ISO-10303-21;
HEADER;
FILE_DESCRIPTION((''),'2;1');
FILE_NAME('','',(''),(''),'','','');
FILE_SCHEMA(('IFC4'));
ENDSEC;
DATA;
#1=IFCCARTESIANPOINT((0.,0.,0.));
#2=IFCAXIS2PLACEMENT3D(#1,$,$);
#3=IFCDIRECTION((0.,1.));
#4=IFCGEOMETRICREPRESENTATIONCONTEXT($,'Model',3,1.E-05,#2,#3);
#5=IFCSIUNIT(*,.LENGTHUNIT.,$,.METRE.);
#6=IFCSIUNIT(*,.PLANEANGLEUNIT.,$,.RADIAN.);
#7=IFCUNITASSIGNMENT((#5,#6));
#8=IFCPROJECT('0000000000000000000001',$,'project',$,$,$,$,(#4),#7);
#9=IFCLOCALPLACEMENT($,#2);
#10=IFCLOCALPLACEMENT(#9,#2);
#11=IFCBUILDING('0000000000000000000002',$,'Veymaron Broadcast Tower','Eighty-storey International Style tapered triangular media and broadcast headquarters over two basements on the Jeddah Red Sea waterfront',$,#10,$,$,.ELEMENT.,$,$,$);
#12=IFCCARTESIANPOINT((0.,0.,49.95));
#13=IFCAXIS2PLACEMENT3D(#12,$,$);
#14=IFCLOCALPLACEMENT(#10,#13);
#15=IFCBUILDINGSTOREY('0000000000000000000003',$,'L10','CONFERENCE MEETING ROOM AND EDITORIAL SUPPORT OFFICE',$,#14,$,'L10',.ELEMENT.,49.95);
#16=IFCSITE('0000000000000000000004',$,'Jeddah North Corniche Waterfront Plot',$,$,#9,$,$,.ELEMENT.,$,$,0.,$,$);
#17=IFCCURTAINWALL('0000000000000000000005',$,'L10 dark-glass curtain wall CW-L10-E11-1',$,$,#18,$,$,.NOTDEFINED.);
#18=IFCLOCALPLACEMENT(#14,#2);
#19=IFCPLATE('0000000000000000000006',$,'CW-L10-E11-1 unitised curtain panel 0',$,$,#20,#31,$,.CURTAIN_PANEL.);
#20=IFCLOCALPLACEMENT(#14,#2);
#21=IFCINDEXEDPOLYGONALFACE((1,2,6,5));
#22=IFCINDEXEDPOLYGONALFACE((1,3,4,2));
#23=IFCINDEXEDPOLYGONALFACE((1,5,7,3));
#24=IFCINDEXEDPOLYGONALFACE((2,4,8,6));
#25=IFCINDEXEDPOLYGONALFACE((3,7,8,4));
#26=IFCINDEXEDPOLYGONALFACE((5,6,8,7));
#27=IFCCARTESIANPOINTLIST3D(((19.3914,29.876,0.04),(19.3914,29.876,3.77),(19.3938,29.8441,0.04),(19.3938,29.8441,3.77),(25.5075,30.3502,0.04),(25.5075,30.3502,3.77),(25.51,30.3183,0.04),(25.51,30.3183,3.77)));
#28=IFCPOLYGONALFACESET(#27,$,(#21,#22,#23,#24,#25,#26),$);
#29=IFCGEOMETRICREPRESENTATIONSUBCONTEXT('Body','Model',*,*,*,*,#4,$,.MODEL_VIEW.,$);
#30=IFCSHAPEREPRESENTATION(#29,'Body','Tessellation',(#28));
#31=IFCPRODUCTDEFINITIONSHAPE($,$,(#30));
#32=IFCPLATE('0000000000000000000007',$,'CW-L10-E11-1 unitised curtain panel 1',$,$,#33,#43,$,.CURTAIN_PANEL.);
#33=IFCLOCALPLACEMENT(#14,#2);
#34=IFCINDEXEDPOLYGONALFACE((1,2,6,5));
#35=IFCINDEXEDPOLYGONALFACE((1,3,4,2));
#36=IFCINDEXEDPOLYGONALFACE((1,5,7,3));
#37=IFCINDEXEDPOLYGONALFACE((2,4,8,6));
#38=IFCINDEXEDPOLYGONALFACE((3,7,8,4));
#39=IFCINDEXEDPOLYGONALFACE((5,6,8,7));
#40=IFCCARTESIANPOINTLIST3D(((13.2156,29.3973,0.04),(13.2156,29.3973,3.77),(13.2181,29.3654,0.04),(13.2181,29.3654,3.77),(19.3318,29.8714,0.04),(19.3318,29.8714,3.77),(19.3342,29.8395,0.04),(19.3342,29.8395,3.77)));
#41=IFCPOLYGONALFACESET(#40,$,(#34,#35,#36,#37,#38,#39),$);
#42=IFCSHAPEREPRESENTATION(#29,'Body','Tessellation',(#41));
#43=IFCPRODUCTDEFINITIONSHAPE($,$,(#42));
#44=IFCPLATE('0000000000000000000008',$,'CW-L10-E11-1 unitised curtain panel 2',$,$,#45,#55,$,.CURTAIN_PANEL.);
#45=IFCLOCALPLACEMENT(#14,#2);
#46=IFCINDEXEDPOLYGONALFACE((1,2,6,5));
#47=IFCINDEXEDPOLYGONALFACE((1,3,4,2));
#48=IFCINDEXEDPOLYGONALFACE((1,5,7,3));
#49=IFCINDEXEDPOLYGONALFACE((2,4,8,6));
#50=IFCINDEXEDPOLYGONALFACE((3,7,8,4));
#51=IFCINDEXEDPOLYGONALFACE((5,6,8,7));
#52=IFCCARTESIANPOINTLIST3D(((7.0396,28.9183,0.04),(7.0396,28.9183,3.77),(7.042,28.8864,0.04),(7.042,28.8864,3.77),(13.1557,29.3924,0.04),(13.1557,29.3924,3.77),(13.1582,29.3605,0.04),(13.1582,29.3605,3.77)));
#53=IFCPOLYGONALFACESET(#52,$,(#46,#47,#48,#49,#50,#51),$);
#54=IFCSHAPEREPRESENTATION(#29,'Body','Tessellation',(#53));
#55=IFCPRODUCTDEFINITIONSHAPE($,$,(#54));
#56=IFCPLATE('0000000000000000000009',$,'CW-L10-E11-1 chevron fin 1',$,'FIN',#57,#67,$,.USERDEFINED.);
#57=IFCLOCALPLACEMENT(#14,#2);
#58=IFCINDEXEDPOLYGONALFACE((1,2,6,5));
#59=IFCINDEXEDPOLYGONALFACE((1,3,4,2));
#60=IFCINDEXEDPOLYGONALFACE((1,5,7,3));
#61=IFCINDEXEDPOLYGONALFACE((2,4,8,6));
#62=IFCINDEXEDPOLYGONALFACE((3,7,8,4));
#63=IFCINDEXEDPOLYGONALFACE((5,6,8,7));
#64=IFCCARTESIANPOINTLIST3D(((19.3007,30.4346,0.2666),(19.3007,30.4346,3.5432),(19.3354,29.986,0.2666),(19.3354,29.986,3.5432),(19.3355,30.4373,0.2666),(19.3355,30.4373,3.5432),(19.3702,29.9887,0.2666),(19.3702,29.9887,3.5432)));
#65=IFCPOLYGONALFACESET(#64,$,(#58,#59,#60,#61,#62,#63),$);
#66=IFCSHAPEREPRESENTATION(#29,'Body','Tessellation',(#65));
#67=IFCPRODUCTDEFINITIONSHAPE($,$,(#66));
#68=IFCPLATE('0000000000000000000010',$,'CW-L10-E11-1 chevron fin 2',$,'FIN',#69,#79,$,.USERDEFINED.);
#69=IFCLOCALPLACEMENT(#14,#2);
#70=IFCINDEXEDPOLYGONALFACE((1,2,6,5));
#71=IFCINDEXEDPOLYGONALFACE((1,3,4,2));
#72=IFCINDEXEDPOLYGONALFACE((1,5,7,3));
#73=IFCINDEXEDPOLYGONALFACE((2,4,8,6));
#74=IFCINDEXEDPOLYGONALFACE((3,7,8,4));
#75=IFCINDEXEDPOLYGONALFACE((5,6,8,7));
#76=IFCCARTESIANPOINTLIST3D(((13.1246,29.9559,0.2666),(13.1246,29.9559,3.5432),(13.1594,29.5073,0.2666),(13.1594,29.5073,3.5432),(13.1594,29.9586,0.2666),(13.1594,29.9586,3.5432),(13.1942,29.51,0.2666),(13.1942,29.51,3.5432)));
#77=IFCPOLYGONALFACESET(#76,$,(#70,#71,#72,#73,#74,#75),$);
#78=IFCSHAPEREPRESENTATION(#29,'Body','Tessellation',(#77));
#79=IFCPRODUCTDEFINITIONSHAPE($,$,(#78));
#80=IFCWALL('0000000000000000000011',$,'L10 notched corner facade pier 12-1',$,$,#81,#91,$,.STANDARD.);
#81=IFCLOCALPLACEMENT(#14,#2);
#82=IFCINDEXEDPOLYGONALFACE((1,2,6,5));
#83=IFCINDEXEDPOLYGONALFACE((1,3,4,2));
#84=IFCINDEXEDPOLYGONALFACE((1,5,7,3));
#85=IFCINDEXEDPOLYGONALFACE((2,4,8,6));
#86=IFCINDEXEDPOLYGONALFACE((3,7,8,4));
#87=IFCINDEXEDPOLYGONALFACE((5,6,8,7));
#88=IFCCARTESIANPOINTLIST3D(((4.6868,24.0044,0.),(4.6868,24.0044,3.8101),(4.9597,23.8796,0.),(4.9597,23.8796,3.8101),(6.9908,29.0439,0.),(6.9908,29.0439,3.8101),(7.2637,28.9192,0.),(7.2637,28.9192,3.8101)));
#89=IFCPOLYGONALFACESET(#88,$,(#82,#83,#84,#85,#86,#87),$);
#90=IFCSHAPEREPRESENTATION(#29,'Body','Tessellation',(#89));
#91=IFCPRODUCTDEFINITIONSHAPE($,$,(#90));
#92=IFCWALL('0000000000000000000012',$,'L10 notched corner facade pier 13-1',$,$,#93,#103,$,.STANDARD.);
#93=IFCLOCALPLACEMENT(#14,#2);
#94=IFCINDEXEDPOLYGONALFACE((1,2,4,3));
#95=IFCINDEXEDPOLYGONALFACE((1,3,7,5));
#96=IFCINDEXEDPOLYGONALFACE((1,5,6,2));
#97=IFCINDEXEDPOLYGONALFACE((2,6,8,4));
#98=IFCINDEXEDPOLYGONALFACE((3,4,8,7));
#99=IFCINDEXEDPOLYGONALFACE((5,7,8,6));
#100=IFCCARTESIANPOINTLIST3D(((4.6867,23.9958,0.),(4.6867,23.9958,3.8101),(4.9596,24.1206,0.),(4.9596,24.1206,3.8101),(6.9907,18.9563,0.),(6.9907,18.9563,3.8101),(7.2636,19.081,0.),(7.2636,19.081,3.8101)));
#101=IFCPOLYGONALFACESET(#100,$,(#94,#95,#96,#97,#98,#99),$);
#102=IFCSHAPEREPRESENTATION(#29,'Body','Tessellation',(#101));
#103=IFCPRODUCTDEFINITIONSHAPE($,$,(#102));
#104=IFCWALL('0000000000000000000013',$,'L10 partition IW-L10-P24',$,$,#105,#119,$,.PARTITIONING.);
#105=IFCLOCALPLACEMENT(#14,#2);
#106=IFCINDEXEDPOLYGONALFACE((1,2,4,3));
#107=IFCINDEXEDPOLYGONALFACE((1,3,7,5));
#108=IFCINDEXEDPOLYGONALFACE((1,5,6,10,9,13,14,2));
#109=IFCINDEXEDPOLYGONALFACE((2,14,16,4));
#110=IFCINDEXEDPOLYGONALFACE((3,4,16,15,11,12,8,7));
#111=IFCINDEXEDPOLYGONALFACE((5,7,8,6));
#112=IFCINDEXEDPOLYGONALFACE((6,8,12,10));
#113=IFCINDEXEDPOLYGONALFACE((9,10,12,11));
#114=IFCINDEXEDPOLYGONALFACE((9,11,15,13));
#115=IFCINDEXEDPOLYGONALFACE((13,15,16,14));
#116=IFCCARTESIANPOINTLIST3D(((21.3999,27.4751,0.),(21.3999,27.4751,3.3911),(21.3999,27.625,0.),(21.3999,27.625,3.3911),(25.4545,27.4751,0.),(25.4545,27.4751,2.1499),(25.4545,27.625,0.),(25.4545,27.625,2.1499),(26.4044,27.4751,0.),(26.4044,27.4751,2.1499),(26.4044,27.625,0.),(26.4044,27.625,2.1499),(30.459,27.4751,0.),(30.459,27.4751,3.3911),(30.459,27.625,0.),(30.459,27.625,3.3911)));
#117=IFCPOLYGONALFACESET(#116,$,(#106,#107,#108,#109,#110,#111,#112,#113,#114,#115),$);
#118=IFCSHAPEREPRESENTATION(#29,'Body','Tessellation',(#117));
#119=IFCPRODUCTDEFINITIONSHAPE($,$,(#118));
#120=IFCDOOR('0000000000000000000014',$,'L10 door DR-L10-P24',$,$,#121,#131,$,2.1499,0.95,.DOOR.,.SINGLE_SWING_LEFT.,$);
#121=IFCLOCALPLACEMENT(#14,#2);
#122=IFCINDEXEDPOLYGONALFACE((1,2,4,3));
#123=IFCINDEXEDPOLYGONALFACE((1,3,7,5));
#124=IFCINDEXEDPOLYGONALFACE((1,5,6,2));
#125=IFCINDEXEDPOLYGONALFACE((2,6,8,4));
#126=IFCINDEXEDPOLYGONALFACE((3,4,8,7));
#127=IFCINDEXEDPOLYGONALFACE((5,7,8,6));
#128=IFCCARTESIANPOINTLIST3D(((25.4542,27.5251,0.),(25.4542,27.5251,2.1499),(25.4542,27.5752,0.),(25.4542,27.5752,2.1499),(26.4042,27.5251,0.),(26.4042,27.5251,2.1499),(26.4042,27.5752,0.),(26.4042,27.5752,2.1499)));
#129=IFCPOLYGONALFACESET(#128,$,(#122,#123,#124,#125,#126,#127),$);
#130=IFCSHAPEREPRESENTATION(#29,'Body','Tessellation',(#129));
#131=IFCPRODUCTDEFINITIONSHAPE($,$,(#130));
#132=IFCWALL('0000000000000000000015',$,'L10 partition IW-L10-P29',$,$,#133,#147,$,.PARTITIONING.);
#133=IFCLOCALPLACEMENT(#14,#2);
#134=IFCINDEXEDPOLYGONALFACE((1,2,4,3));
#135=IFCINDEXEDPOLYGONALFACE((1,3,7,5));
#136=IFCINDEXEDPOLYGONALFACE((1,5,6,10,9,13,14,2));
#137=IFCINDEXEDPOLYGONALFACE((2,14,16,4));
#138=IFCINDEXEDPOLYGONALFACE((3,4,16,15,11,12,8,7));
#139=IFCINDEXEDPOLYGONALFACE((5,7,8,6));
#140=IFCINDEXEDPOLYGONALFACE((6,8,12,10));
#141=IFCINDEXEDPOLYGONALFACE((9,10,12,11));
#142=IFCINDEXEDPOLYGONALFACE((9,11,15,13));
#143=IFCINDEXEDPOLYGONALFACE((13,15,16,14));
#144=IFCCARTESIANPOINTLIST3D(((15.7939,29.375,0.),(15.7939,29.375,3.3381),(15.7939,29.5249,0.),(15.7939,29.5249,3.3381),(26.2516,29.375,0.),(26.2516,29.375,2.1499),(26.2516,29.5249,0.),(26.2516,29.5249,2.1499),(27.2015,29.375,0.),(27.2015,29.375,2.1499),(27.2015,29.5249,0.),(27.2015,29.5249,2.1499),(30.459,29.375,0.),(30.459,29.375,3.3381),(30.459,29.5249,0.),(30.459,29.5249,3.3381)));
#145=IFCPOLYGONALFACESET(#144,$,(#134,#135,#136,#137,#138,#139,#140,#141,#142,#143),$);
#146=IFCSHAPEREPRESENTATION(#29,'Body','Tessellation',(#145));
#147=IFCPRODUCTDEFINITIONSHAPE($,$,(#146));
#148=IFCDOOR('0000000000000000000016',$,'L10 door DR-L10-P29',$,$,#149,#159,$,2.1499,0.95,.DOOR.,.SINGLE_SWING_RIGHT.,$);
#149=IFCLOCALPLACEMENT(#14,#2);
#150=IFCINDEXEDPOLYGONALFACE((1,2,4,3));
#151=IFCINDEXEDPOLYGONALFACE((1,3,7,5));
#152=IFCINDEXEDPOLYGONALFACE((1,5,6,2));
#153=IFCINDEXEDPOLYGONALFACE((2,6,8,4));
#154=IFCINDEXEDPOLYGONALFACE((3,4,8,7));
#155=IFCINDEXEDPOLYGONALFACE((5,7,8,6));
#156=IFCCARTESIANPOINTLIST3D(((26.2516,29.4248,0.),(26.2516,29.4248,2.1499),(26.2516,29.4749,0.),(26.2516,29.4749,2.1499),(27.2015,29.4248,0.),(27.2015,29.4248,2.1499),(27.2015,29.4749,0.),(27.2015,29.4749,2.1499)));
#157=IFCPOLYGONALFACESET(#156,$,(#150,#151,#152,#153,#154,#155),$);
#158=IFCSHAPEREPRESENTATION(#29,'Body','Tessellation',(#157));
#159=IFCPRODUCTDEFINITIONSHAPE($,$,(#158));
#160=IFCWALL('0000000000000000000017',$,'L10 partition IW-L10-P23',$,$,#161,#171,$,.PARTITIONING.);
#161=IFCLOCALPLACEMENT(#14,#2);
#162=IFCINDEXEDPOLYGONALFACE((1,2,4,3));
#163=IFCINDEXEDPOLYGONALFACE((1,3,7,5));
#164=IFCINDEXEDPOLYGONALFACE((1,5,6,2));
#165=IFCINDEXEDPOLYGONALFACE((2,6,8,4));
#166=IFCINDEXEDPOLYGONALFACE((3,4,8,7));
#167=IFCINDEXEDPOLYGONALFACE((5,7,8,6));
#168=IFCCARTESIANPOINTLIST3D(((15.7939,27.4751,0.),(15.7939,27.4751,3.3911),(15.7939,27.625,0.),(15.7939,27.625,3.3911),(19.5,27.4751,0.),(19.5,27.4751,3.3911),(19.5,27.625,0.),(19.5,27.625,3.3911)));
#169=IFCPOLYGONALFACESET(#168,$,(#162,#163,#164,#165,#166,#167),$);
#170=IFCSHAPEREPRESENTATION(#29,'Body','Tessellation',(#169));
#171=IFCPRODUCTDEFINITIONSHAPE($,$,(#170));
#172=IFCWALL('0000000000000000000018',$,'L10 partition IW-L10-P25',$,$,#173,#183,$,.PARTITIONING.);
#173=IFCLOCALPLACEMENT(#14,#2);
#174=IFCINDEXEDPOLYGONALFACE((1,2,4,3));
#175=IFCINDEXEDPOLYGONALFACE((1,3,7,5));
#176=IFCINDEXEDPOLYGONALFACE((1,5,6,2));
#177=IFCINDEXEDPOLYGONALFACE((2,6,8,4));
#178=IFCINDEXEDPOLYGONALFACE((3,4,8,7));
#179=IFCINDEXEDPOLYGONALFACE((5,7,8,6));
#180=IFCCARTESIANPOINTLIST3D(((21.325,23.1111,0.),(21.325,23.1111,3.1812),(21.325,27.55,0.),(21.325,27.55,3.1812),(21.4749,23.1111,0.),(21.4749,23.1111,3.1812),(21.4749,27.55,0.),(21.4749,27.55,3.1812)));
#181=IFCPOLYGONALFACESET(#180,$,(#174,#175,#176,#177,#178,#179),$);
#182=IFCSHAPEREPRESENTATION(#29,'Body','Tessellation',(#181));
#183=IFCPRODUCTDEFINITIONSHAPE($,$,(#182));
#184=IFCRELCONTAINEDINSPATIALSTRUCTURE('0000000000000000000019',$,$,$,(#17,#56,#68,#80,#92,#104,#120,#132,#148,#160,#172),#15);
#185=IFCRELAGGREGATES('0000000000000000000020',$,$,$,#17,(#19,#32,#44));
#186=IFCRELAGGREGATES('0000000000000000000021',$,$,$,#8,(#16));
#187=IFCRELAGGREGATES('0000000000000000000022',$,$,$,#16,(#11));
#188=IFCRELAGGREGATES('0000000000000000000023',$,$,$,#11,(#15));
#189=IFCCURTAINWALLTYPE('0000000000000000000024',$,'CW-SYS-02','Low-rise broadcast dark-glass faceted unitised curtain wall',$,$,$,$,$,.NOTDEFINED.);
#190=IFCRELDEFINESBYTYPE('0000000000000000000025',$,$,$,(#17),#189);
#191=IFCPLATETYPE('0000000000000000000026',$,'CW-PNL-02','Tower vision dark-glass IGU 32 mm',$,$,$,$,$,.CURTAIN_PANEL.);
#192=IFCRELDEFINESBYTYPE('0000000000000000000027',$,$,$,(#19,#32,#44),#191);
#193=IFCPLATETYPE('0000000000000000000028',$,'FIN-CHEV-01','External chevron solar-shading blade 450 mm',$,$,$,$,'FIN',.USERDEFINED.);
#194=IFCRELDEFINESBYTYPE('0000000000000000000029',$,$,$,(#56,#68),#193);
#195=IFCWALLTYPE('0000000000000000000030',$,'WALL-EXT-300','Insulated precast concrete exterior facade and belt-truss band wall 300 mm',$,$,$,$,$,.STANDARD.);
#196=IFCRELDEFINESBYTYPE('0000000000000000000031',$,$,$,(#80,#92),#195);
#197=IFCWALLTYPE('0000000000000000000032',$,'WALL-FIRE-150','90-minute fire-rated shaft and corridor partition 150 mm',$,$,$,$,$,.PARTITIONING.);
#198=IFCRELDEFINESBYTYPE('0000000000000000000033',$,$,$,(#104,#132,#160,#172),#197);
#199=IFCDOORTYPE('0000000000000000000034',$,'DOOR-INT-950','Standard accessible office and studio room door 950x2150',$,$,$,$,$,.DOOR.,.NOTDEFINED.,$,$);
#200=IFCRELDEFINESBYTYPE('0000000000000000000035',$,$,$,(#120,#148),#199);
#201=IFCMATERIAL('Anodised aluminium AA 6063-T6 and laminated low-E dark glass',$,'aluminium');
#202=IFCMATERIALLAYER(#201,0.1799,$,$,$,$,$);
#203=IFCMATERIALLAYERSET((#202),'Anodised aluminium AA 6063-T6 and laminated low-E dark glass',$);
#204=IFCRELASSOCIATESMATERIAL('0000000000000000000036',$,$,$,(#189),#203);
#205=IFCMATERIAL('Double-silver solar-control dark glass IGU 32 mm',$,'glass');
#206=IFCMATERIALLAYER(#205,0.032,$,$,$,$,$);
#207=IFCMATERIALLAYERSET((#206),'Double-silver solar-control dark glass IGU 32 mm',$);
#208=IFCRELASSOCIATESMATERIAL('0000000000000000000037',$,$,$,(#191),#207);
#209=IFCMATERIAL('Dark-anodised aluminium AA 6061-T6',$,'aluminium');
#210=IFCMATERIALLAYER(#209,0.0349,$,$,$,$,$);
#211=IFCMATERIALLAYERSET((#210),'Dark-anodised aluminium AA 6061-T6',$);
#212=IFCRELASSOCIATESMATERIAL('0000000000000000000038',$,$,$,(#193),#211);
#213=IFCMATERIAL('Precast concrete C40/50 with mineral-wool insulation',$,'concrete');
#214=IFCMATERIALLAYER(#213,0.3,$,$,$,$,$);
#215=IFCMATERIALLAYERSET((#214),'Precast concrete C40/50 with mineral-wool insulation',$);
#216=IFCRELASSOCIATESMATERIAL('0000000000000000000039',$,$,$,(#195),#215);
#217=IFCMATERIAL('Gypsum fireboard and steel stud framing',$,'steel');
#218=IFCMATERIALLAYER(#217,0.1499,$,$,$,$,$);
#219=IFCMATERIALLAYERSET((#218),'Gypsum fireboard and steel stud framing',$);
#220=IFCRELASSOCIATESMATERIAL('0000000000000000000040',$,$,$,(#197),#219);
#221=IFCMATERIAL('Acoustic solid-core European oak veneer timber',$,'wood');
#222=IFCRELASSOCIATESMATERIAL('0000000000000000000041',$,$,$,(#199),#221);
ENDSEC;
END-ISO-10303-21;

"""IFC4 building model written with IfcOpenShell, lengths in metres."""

from ifc_helpers import new_model, si_unit, direction, frame, frame_2d, origin, origin_2d, place, context, subcontext, project, spatial, rectangle, extrude, material, layer, layer_set, type_object, element, fill, aggregate, save


model = new_model("IFC4")

# Units and contexts
model_context = context("Model", 3, precision=1e-05, world=origin(), true_north=direction((0.0, 1.0)))
body_context = subcontext(model_context, "Body", "Model", "MODEL_VIEW")
ifc_project = project(units=[si_unit("LENGTHUNIT", "METRE"), si_unit("PLANEANGLEUNIT", "RADIAN")], contexts=[model_context])

# Site, building, storey
site_placement = place(None, origin())
site = spatial("IfcSite", under=ifc_project, at=site_placement, Name="Jeddah North Corniche Waterfront Plot", CompositionType="ELEMENT", RefElevation=0.0)
building_placement = place(site_placement, origin())
building = spatial("IfcBuilding", under=site, at=building_placement, Name="Veymaron Broadcast Tower", Description="Eighty-storey International Style tapered triangular media and broadcast headquarters over two basements on the Jeddah Red Sea waterfront", CompositionType="ELEMENT")
storey_placement = place(building_placement, frame((0.0, 0.0, 49.95)))
storey = spatial("IfcBuildingStorey", under=building, at=storey_placement, Name="L10", Description="CONFERENCE MEETING ROOM AND EDITORIAL SUPPORT OFFICE", LongName="L10", CompositionType="ELEMENT", Elevation=49.95)

# Curtain wall, plates
ifc_material_1 = material(Name="Anodised aluminium AA 6063-T6 and laminated low-E dark glass", Category="aluminium")
ifc_layer_1 = layer(ifc_material_1, 0.1799)
ifc_layer_set_1 = layer_set([ifc_layer_1], Name="Anodised aluminium AA 6063-T6 and laminated low-E dark glass")
curtain_wall_type = type_object("IfcCurtainWallType", Name="CW-SYS-02", Description="Low-rise broadcast dark-glass faceted unitised curtain wall", PredefinedType="NOTDEFINED", material=ifc_layer_set_1)
curtain_wall_placement = place(storey_placement, origin())
curtain_wall = element("IfcCurtainWall", 1, at=curtain_wall_placement, inside=storey, type_object=curtain_wall_type, Name="L10 dark-glass curtain wall CW-L10-E11-1", PredefinedType="NOTDEFINED")
ifc_material_2 = material(Name="Double-silver solar-control dark glass IGU 32 mm", Category="glass")
ifc_layer_2 = layer(ifc_material_2, 0.032)
ifc_layer_set_2 = layer_set([ifc_layer_2], Name="Double-silver solar-control dark glass IGU 32 mm")
plate_type_1 = type_object("IfcPlateType", Name="CW-PNL-02", Description="Tower vision dark-glass IGU 32 mm", PredefinedType="CURTAIN_PANEL", material=ifc_layer_set_2)
plate_1_placement = place(storey_placement, frame((22.4507, 30.0972, 0.04), z_axis=(0.0, 0.0, 1.0), x_axis=(-0.997008, -0.077293, 0.0)))
plate_1 = element("IfcPlate", 2, at=plate_1_placement, type_object=plate_type_1, Name="CW-L10-E11-1 unitised curtain panel 0", PredefinedType="CURTAIN_PANEL", context=body_context, shape_type="SweptSolid", body=[
    extrude(rectangle(XDim=6.1345, YDim=0.032, at=origin_2d()), origin(), (0.0, 0.0, 1.0), 3.73),
])
plate_2_placement = place(storey_placement, frame((16.2749, 29.6184, 0.04), z_axis=(0.0, 0.0, 1.0), x_axis=(-0.997008, -0.077293, 0.0)))
plate_2 = element("IfcPlate", 3, at=plate_2_placement, type_object=plate_type_1, Name="CW-L10-E11-1 unitised curtain panel 1", PredefinedType="CURTAIN_PANEL", context=body_context, shape_type="SweptSolid", body=[
    extrude(rectangle(XDim=6.1345, YDim=0.032, at=origin_2d()), origin(), (0.0, 0.0, 1.0), 3.73),
])
plate_3_placement = place(storey_placement, frame((10.0989, 29.1394, 0.04), z_axis=(0.0, 0.0, 1.0), x_axis=(-0.997008, -0.077293, 0.0)))
plate_3 = element("IfcPlate", 4, at=plate_3_placement, type_object=plate_type_1, Name="CW-L10-E11-1 unitised curtain panel 2", PredefinedType="CURTAIN_PANEL", context=body_context, shape_type="SweptSolid", body=[
    extrude(rectangle(XDim=6.1345, YDim=0.032, at=origin_2d()), origin(), (0.0, 0.0, 1.0), 3.73),
])
aggregate(curtain_wall, [plate_1, plate_2, plate_3])

# Plates
ifc_material_3 = material(Name="Dark-anodised aluminium AA 6061-T6", Category="aluminium")
ifc_layer_3 = layer(ifc_material_3, 0.0349)
ifc_layer_set_3 = layer_set([ifc_layer_3], Name="Dark-anodised aluminium AA 6061-T6")
plate_type_2 = type_object("IfcPlateType", Name="FIN-CHEV-01", Description="External chevron solar-shading blade 450 mm", ElementType="FIN", PredefinedType="USERDEFINED", material=ifc_layer_set_3)
for number, where, z_axis, x_axis, name in (
    (5, (19.3354, 30.2117, 0.2666), (0.0, 0.0, 1.0), (-0.077293, 0.997008, 0.0), "CW-L10-E11-1 chevron fin 1"),
    (6, (13.1594, 29.7329, 0.2666), (0.0, 0.0, 1.0), (-0.077293, 0.997008, 0.0), "CW-L10-E11-1 chevron fin 2"),
):
    element("IfcPlate", number, at=place(storey_placement, frame(where, z_axis=z_axis, x_axis=x_axis)), inside=storey, type_object=plate_type_2, Name=name, ObjectType="FIN", PredefinedType="USERDEFINED", context=body_context, shape_type="SweptSolid", body=[
        extrude(rectangle(XDim=0.45, YDim=0.0349, at=origin_2d()), origin(), (0.0, 0.0, 1.0), 3.2766),
    ])

# Walls
ifc_material_4 = material(Name="Precast concrete C40/50 with mineral-wool insulation", Category="concrete")
ifc_layer_4 = layer(ifc_material_4, 0.3)
ifc_layer_set_4 = layer_set([ifc_layer_4], Name="Precast concrete C40/50 with mineral-wool insulation")
wall_type_1 = type_object("IfcWallType", Name="WALL-EXT-300", Description="Insulated precast concrete exterior facade and belt-truss band wall 300 mm", PredefinedType="STANDARD", material=ifc_layer_set_4)
for number, where, z_axis, x_axis, name in (
    (7, (7.1272, 28.9814, 0.0), (0.0, 0.0, 1.0), (-0.415784, -0.909464, 0.0), "L10 notched corner facade pier 12-1"),
    (8, (4.8232, 24.0581, 0.0), (0.0, 0.0, 1.0), (0.415784, -0.909464, 0.0), "L10 notched corner facade pier 13-1"),
):
    element("IfcWall", number, at=place(storey_placement, frame(where, z_axis=z_axis, x_axis=x_axis)), inside=storey, type_object=wall_type_1, Name=name, PredefinedType="STANDARD", context=body_context, shape_type="SweptSolid", body=[
        extrude(rectangle(XDim=5.5413, YDim=0.3, at=frame_2d((2.7705, 0.0))), origin(), (0.0, 0.0, 1.0), 3.8101),
    ])

# Walls, openings, doors
ifc_material_5 = material(Name="Gypsum fireboard and steel stud framing", Category="steel")
ifc_layer_5 = layer(ifc_material_5, 0.1499)
ifc_layer_set_5 = layer_set([ifc_layer_5], Name="Gypsum fireboard and steel stud framing")
wall_type_2 = type_object("IfcWallType", Name="WALL-FIRE-150", Description="90-minute fire-rated shaft and corridor partition 150 mm", PredefinedType="PARTITIONING", material=ifc_layer_set_5)
ifc_material_6 = material(Name="Acoustic solid-core European oak veneer timber", Category="wood")
door_type = type_object("IfcDoorType", Name="DOOR-INT-950", Description="Standard accessible office and studio room door 950x2150", OperationType="NOTDEFINED", PredefinedType="DOOR", material=ifc_material_6)
wall_1_placement = place(storey_placement, frame((21.3999, 27.55, 0.0), z_axis=(0.0, 0.0, 1.0), x_axis=(1.0, 0.0, 0.0)))
wall_1 = element("IfcWall", 9, at=wall_1_placement, inside=storey, type_object=wall_type_2, Name="L10 partition IW-L10-P24", PredefinedType="PARTITIONING", context=body_context, shape_type="SweptSolid", body=[
    extrude(rectangle(XDim=9.0591, YDim=0.1499, at=frame_2d((4.5295, 0.0))), origin(), (0.0, 0.0, 1.0), 3.3911),
])
opening_1_placement = place(wall_1_placement, frame((4.0544, 0.0, 0.0)))
opening_1 = element("IfcOpeningElement", 10, at=opening_1_placement, cuts=wall_1, PredefinedType="OPENING", context=body_context, shape_type="SweptSolid", body=[
    extrude(rectangle(XDim=0.95, YDim=2.1499, at=frame_2d((0.4751, 1.075))), frame((0.0, 0.085, 0.0), z_axis=(0.0, -1.0, 0.0), x_axis=(1.0, 0.0, 0.0)), (0.0, 0.0, 1.0), 0.1699),
])
door_1_placement = place(opening_1_placement, frame((0.95, 0.0, 0.0), z_axis=(0.0, 0.0, 1.0), x_axis=(-1.0, 0.0, 0.0)))
door_1 = element("IfcDoor", 11, at=door_1_placement, inside=storey, type_object=door_type, Name="L10 door DR-L10-P24", OperationType="SINGLE_SWING_LEFT", OverallHeight=2.1499, OverallWidth=0.95, PredefinedType="DOOR", context=body_context, shape_type="SweptSolid", body=[
    extrude(rectangle(XDim=0.95, YDim=2.1499, at=frame_2d((0.4751, 1.075))), frame((0.0, 0.0249, 0.0), z_axis=(0.0, -1.0, 0.0), x_axis=(1.0, 0.0, 0.0)), (0.0, 0.0, 1.0), 0.05),
])
fill(opening_1, door_1)
wall_2_placement = place(storey_placement, frame((15.7939, 29.45, 0.0), z_axis=(0.0, 0.0, 1.0), x_axis=(1.0, 0.0, 0.0)))
wall_2 = element("IfcWall", 12, at=wall_2_placement, inside=storey, type_object=wall_type_2, Name="L10 partition IW-L10-P29", PredefinedType="PARTITIONING", context=body_context, shape_type="SweptSolid", body=[
    extrude(rectangle(XDim=14.665, YDim=0.1499, at=frame_2d((7.3325, 0.0))), origin(), (0.0, 0.0, 1.0), 3.3381),
])
opening_2_placement = place(wall_2_placement, frame((10.4575, 0.0, 0.0)))
opening_2 = element("IfcOpeningElement", 13, at=opening_2_placement, cuts=wall_2, PredefinedType="OPENING", context=body_context, shape_type="SweptSolid", body=[
    extrude(rectangle(XDim=0.95, YDim=2.1499, at=frame_2d((0.4751, 1.075))), frame((0.0, 0.085, 0.0), z_axis=(0.0, -1.0, 0.0), x_axis=(1.0, 0.0, 0.0)), (0.0, 0.0, 1.0), 0.1699),
])
door_2_placement = place(opening_2_placement, origin())
door_2 = element("IfcDoor", 14, at=door_2_placement, inside=storey, type_object=door_type, Name="L10 door DR-L10-P29", OperationType="SINGLE_SWING_RIGHT", OverallHeight=2.1499, OverallWidth=0.95, PredefinedType="DOOR", context=body_context, shape_type="SweptSolid", body=[
    extrude(rectangle(XDim=0.95, YDim=2.1499, at=frame_2d((0.4751, 1.075))), frame((0.0, 0.0249, 0.0), z_axis=(0.0, -1.0, 0.0), x_axis=(1.0, 0.0, 0.0)), (0.0, 0.0, 1.0), 0.05),
])
fill(opening_2, door_2)

# Walls
wall_3_placement = place(storey_placement, frame((15.7939, 27.55, 0.0), z_axis=(0.0, 0.0, 1.0), x_axis=(1.0, 0.0, 0.0)))
element("IfcWall", 15, at=wall_3_placement, inside=storey, type_object=wall_type_2, Name="L10 partition IW-L10-P23", PredefinedType="PARTITIONING", context=body_context, shape_type="SweptSolid", body=[
    extrude(rectangle(XDim=3.7061, YDim=0.1499, at=frame_2d((1.853, 0.0))), origin(), (0.0, 0.0, 1.0), 3.3911),
])
wall_4_placement = place(storey_placement, frame((21.3999, 23.1111, 0.0), z_axis=(0.0, 0.0, 1.0), x_axis=(0.0, 1.0, 0.0)))
element("IfcWall", 16, at=wall_4_placement, inside=storey, type_object=wall_type_2, Name="L10 partition IW-L10-P25", PredefinedType="PARTITIONING", context=body_context, shape_type="SweptSolid", body=[
    extrude(rectangle(XDim=4.439, YDim=0.1499, at=frame_2d((2.2195, 0.0))), origin(), (0.0, 0.0, 1.0), 3.1812),
])

save(model, "model.ifc")
